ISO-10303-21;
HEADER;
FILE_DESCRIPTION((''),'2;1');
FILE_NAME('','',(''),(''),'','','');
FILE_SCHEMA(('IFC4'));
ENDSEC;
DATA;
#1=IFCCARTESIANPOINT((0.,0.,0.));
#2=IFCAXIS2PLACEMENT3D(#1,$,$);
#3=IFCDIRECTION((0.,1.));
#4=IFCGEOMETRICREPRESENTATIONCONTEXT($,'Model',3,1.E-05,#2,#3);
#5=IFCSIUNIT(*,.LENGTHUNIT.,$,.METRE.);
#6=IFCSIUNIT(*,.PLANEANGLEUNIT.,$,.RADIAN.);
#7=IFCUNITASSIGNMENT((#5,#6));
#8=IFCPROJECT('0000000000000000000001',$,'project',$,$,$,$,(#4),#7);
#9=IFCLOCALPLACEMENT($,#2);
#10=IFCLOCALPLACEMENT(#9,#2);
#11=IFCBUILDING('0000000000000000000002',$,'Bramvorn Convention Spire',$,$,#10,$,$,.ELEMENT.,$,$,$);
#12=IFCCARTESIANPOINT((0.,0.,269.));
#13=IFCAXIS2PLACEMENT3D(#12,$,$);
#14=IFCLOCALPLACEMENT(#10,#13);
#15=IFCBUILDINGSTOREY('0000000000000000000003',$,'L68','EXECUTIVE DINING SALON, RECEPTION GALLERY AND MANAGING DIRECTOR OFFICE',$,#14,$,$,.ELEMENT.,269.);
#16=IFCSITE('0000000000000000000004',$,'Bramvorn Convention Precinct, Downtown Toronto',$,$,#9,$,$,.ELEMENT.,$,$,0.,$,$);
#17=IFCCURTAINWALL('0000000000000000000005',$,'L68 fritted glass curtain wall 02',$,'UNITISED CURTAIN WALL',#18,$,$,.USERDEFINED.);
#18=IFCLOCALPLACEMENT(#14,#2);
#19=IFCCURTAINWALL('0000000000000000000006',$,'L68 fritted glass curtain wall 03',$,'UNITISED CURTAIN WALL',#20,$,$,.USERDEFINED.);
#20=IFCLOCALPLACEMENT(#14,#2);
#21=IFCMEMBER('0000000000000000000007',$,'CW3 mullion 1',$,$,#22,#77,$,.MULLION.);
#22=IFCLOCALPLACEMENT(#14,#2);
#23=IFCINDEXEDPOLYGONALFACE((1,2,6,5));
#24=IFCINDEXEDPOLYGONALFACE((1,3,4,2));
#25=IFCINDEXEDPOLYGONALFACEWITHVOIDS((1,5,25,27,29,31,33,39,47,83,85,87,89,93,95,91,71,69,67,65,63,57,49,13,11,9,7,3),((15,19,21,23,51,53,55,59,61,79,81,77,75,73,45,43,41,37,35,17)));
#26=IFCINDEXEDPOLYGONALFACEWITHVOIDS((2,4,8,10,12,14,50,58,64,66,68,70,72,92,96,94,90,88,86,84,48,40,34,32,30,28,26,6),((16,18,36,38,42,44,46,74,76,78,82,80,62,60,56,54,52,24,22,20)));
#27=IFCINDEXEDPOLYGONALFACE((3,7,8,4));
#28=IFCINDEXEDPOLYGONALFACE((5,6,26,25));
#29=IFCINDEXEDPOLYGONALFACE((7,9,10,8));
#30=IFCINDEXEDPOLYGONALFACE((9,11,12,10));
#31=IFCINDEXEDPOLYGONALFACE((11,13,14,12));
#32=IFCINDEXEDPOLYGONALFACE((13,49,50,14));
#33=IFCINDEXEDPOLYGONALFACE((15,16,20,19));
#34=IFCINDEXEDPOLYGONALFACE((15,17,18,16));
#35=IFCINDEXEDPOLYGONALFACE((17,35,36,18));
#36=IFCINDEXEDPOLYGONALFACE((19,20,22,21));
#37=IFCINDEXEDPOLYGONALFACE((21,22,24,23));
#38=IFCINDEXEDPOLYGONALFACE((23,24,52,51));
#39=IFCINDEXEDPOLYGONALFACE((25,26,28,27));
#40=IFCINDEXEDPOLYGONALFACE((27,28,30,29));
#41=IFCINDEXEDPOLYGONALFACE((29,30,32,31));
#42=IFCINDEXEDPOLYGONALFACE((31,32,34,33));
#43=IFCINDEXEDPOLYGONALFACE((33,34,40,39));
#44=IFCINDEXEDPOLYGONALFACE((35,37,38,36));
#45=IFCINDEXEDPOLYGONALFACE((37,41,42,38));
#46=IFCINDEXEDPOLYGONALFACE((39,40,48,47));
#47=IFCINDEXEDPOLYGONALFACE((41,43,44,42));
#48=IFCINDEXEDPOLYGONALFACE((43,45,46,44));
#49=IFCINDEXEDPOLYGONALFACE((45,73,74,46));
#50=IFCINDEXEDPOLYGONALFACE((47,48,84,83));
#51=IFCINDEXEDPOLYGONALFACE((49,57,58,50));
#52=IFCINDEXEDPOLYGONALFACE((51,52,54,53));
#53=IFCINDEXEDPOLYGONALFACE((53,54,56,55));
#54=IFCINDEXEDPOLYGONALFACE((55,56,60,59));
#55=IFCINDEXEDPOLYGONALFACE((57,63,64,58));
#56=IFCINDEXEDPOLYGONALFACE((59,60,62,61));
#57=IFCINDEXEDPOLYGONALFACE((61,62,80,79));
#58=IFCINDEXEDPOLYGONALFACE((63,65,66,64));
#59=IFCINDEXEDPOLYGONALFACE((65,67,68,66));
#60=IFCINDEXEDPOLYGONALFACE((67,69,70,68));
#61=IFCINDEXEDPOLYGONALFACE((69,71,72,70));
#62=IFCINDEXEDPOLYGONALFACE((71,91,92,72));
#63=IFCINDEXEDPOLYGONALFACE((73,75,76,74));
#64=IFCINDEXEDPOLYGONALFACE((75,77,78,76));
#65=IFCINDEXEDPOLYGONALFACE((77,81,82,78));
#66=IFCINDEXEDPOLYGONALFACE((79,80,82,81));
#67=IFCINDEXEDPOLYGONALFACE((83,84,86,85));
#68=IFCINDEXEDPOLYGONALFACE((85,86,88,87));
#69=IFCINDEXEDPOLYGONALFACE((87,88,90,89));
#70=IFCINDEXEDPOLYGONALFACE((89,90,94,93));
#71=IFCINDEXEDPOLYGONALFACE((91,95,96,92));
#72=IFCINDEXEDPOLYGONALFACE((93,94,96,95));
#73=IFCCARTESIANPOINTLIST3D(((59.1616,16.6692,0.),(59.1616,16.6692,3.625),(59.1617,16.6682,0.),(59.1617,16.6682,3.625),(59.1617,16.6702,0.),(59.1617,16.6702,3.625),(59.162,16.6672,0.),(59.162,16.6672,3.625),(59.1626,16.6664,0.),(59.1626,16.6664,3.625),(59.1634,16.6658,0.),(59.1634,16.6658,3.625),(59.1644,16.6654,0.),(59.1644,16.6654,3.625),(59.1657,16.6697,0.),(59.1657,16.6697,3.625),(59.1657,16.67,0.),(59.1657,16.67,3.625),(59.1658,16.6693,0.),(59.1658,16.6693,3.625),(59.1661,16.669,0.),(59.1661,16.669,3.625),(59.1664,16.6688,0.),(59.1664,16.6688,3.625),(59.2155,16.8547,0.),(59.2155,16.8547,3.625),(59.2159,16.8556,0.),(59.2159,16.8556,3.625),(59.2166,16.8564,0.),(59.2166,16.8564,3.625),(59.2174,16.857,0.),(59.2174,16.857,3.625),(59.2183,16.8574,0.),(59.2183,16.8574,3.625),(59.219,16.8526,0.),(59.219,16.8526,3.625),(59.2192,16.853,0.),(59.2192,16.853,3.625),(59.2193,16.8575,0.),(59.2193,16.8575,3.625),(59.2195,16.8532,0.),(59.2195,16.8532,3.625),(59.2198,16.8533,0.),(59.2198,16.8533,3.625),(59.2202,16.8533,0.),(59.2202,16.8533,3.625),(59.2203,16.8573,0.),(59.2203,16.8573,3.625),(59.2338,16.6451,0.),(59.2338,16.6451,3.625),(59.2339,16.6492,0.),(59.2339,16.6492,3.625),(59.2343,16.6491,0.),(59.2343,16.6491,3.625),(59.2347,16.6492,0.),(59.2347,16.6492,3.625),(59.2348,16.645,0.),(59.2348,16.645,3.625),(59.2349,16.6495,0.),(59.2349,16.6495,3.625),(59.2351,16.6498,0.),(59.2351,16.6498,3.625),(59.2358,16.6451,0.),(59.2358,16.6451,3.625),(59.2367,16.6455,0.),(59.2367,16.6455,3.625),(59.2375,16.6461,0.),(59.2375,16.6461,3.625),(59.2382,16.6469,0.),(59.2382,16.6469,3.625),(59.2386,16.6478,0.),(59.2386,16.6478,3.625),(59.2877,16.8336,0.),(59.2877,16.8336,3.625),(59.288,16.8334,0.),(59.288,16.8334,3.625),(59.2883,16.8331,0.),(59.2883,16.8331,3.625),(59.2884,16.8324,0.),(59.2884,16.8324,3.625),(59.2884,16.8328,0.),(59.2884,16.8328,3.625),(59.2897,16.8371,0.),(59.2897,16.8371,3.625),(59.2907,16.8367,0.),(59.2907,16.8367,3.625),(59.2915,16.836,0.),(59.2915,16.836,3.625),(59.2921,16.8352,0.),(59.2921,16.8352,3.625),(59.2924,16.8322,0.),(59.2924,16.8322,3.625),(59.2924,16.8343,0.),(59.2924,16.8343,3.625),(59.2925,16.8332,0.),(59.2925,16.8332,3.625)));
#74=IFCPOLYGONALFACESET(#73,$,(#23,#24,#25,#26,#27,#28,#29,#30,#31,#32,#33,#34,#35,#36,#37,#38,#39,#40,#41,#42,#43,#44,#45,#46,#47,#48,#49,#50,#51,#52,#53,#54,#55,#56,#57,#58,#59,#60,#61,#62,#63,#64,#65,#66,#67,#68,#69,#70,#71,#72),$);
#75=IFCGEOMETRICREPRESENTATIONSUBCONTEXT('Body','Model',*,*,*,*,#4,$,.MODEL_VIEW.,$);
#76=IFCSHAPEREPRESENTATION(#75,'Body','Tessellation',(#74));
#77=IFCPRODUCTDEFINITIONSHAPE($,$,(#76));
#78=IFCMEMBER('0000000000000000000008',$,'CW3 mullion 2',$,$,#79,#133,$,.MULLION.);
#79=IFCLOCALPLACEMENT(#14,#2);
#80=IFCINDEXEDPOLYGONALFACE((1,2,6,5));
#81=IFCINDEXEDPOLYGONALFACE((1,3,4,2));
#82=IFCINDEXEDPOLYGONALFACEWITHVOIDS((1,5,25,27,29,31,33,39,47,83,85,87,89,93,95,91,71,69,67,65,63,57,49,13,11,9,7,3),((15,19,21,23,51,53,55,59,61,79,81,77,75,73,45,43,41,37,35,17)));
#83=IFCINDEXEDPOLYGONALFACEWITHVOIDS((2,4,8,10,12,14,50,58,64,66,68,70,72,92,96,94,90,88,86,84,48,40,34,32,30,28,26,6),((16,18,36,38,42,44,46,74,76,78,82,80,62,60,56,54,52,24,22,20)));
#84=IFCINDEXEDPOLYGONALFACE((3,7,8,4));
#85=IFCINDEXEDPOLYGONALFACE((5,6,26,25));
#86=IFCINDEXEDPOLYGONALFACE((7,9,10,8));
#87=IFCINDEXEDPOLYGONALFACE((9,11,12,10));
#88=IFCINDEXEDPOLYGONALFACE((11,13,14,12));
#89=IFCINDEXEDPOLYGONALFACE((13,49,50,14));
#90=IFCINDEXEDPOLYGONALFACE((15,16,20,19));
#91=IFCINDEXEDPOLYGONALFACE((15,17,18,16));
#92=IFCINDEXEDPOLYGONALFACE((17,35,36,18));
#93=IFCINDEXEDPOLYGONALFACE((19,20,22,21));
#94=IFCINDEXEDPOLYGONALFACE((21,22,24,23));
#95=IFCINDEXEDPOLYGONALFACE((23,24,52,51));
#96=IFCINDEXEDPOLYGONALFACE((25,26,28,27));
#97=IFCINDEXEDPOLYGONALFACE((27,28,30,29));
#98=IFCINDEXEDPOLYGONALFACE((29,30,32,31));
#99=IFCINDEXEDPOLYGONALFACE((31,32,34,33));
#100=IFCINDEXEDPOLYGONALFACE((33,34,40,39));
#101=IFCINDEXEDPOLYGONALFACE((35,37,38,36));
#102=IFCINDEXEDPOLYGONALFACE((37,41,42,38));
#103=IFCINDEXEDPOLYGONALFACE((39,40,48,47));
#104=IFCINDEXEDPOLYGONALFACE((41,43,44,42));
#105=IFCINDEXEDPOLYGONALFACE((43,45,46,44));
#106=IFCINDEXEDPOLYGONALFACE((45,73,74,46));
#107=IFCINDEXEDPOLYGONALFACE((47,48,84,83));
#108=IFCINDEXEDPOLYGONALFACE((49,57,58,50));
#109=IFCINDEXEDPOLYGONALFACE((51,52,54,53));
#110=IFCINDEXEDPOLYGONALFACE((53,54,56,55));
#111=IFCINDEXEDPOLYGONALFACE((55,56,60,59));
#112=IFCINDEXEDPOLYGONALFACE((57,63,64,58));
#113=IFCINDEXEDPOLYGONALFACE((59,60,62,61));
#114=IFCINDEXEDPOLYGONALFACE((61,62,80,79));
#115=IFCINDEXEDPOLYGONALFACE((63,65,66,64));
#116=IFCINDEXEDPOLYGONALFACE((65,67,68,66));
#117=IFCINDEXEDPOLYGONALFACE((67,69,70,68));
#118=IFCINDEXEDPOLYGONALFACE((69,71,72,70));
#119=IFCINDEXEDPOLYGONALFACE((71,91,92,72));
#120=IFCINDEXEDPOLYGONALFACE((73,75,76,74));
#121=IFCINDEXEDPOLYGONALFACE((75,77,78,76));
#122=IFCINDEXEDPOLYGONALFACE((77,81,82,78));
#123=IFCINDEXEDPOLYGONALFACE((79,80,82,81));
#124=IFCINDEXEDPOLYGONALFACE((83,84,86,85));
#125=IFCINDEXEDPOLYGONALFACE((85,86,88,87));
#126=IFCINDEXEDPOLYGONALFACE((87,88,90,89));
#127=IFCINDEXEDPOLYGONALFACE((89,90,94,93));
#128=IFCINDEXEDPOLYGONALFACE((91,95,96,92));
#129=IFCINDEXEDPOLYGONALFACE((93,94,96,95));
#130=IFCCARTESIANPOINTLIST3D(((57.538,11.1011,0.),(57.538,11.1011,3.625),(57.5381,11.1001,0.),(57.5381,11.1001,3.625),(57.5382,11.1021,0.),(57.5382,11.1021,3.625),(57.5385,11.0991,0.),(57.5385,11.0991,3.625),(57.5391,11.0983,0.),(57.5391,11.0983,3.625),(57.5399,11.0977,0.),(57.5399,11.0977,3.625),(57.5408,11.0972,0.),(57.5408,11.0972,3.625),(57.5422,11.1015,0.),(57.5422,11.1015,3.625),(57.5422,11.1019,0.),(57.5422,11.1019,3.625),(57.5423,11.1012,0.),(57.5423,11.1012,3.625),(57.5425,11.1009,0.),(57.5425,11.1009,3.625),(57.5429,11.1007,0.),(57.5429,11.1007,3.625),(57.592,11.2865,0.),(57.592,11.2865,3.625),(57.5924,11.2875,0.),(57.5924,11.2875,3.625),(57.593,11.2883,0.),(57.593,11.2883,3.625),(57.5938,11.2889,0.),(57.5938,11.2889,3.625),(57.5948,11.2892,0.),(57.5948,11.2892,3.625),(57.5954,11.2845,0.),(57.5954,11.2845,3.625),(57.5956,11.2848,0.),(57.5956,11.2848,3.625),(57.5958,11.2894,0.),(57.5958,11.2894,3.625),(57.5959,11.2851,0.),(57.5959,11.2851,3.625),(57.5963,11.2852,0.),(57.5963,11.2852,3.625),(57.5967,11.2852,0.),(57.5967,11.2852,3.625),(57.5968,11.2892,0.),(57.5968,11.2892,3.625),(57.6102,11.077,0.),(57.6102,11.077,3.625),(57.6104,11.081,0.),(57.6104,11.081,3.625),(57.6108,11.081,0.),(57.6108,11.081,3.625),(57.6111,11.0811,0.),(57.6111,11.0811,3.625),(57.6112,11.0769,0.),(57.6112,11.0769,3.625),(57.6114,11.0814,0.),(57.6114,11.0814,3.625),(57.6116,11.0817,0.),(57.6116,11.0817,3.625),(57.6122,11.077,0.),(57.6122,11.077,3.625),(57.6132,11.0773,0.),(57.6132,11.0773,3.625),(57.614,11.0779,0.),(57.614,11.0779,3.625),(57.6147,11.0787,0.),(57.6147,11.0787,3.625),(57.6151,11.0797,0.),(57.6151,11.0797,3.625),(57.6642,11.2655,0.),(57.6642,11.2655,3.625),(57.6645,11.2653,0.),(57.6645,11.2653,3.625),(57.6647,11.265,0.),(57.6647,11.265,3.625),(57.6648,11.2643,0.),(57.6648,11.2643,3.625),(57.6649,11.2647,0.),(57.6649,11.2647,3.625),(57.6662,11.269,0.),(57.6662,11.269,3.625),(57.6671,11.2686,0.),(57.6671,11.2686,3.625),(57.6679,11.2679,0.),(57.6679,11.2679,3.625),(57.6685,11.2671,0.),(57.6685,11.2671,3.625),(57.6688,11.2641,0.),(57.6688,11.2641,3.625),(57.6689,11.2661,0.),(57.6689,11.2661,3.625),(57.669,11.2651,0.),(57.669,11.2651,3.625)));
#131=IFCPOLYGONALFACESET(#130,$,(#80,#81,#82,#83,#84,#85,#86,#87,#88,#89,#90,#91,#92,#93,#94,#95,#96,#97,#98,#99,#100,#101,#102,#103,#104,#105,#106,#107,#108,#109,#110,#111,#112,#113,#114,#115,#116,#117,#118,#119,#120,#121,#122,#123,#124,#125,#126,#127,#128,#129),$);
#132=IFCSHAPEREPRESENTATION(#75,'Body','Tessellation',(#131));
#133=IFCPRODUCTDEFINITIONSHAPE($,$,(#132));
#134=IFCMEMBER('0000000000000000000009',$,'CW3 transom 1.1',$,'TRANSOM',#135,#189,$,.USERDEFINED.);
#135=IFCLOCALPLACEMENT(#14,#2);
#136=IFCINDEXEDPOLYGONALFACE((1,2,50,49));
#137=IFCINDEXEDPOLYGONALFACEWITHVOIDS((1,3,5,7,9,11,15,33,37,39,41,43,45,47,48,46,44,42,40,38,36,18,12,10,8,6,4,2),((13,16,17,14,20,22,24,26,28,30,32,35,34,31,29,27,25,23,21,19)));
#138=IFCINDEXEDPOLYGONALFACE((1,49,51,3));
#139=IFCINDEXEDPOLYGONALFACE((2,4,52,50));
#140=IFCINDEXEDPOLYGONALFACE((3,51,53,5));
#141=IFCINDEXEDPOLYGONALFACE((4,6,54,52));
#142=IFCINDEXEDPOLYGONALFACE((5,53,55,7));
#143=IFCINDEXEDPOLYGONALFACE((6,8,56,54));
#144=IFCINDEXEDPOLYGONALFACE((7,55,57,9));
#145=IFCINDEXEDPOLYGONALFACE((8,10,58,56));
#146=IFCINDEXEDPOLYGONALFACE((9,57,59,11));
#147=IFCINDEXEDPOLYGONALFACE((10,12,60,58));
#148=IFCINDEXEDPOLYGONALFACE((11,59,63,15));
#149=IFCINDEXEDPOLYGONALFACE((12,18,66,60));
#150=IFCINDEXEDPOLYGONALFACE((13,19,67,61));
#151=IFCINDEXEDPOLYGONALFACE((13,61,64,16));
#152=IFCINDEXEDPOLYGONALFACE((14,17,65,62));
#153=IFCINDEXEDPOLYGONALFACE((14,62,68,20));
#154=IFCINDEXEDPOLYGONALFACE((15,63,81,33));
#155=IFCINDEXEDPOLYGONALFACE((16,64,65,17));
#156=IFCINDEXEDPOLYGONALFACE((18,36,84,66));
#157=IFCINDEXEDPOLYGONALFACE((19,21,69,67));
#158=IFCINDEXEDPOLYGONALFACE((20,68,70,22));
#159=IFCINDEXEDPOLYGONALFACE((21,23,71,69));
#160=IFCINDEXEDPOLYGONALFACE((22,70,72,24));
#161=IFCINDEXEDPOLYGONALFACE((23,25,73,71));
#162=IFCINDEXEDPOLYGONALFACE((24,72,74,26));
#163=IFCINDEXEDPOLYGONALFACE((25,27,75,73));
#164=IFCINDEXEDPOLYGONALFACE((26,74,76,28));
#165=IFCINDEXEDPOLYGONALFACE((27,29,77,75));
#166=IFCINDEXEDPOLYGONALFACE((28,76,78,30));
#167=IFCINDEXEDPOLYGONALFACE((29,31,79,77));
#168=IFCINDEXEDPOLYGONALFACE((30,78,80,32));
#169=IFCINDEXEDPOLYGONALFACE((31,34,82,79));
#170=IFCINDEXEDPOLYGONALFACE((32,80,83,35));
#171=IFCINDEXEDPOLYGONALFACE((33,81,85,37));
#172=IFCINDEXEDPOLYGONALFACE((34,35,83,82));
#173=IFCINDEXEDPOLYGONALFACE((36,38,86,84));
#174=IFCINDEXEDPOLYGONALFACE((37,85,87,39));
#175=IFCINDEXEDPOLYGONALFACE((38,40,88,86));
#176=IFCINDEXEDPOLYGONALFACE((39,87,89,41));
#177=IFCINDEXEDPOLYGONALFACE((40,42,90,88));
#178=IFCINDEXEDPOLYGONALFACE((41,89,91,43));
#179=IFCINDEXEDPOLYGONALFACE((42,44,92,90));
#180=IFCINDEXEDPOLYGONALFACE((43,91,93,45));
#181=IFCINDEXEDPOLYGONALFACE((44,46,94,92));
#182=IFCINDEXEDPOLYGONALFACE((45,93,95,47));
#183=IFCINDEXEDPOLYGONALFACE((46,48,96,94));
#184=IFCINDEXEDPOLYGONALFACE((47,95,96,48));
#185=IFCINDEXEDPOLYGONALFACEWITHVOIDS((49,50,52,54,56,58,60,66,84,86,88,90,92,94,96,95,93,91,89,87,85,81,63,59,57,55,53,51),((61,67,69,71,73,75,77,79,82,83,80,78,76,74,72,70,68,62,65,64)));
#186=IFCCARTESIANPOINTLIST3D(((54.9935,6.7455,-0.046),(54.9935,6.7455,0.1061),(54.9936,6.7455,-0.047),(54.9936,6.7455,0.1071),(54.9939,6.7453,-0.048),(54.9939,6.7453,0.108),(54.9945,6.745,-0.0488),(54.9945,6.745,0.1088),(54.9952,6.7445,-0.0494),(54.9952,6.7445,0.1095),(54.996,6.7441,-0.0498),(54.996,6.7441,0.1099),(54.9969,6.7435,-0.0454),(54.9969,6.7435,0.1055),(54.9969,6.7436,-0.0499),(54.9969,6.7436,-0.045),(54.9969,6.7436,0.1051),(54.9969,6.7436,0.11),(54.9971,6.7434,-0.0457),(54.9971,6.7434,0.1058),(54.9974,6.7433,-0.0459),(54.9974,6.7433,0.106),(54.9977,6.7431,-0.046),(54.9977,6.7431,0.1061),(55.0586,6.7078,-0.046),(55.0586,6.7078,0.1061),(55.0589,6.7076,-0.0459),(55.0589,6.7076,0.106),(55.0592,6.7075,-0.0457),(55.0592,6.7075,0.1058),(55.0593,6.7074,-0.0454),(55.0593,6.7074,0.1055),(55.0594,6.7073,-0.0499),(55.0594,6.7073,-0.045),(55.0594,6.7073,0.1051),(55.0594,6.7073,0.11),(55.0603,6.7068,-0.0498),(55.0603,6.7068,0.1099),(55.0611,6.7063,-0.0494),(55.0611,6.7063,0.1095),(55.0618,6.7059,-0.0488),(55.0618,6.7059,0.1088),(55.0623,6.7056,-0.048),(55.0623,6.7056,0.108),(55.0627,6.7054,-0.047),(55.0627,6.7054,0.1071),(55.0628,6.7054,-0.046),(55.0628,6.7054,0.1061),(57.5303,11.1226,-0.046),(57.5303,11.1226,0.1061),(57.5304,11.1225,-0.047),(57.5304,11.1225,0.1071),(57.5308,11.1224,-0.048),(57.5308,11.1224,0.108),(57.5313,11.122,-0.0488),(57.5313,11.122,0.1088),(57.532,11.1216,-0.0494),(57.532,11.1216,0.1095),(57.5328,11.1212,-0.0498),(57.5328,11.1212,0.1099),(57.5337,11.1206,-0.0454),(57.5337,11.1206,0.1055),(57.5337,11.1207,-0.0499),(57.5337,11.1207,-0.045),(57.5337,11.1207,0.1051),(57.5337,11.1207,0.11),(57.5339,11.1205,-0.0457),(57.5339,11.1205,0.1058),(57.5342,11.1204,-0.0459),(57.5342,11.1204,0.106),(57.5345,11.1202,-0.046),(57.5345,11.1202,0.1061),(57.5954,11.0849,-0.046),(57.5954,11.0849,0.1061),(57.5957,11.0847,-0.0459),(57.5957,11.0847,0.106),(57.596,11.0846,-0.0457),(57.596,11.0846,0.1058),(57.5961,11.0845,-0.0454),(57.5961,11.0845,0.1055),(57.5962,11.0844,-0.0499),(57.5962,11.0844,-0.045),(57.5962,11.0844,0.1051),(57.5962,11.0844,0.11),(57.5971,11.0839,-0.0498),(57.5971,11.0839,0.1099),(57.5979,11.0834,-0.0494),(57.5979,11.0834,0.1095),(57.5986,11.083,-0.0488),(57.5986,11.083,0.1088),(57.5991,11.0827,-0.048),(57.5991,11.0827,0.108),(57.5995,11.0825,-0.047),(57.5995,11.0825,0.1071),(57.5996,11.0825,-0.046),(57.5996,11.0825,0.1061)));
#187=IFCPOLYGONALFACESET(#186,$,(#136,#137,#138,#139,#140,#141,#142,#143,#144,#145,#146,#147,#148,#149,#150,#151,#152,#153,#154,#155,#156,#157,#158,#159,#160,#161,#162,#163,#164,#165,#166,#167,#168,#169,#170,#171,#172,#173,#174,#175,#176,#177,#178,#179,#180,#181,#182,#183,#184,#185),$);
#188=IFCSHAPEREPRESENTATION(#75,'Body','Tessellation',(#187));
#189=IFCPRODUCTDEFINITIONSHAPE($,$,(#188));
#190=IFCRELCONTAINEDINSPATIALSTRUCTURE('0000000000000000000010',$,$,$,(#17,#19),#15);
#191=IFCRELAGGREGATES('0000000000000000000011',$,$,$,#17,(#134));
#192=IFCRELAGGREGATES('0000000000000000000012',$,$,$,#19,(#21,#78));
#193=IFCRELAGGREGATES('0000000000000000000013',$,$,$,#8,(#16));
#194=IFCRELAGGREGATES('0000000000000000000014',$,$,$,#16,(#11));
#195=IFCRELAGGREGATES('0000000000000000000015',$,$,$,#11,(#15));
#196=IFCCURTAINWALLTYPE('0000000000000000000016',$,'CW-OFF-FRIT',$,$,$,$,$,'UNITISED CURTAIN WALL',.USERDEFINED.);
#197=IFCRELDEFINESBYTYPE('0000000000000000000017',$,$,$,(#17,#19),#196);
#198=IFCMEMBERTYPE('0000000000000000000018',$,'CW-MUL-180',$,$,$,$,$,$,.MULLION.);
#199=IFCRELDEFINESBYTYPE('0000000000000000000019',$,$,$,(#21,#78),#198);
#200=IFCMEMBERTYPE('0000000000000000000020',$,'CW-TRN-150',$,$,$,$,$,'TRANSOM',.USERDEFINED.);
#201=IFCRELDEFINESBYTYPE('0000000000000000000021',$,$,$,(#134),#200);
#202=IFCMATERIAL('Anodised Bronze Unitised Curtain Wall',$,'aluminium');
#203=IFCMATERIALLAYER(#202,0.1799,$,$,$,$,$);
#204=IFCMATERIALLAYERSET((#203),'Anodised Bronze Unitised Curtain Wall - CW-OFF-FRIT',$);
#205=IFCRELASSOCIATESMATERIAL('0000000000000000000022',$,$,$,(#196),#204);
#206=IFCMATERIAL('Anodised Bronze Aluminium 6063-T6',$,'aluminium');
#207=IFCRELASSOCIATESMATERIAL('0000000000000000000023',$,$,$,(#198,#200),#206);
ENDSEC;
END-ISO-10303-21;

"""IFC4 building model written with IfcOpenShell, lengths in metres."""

from ifc_helpers import new_model, si_unit, direction, frame, origin, origin_2d, place, context, subcontext, project, spatial, hollow_rectangle, extrude, material, layer, layer_set, material_profile, profile_set, type_object, element, aggregate, save


model = new_model("IFC4")

# Units and contexts
model_context = context("Model", 3, precision=1e-05, world=origin(), true_north=direction((0.0, 1.0)))
body_context = subcontext(model_context, "Body", "Model", "MODEL_VIEW")
ifc_project = project(units=[si_unit("LENGTHUNIT", "METRE"), si_unit("PLANEANGLEUNIT", "RADIAN")], contexts=[model_context])

# Site, building, storey
site_placement = place(None, origin())
site = spatial("IfcSite", under=ifc_project, at=site_placement, Name="Bramvorn Convention Precinct, Downtown Toronto", CompositionType="ELEMENT", RefElevation=0.0)
building_placement = place(site_placement, origin())
building = spatial("IfcBuilding", under=site, at=building_placement, Name="Bramvorn Convention Spire", CompositionType="ELEMENT")
storey_placement = place(building_placement, frame((0.0, 0.0, 269.0)))
storey = spatial("IfcBuildingStorey", under=building, at=storey_placement, Name="L68", Description="EXECUTIVE DINING SALON, RECEPTION GALLERY AND MANAGING DIRECTOR OFFICE", CompositionType="ELEMENT", Elevation=269.0)

# Curtain walls, members
ifc_material_1 = material(Name="Anodised Bronze Unitised Curtain Wall", Category="aluminium")
ifc_layer_1 = layer(ifc_material_1, 0.1799)
ifc_layer_set_1 = layer_set([ifc_layer_1], Name="Anodised Bronze Unitised Curtain Wall - CW-OFF-FRIT")
curtain_wall_type = type_object("IfcCurtainWallType", Name="CW-OFF-FRIT", ElementType="UNITISED CURTAIN WALL", PredefinedType="USERDEFINED", material=ifc_layer_set_1)
curtain_wall_1_placement = place(storey_placement, origin())
curtain_wall_1 = element("IfcCurtainWall", 1, at=curtain_wall_1_placement, inside=storey, type_object=curtain_wall_type, Name="L68 fritted glass curtain wall 02", ObjectType="UNITISED CURTAIN WALL", PredefinedType="USERDEFINED")
ifc_material_2 = material(Name="Anodised Bronze Aluminium 6063-T6", Category="aluminium")
ifc_material_profile_1 = material_profile(ifc_material_2, hollow_rectangle(XDim=0.0801, YDim=0.2, WallThickness=0.0039, InnerFilletRadius=0.001, OuterFilletRadius=0.0039, at=origin_2d()))
ifc_profile_set_1 = profile_set([ifc_material_profile_1], Name="Anodised Bronze Aluminium 6063-T6 - CWM80X200")
member_type_1 = type_object("IfcMemberType", Name="CW-MUL-180", PredefinedType="MULLION", material=ifc_profile_set_1)
curtain_wall_2_placement = place(storey_placement, origin())
curtain_wall_2 = element("IfcCurtainWall", 2, at=curtain_wall_2_placement, inside=storey, type_object=curtain_wall_type, Name="L68 fritted glass curtain wall 03", ObjectType="UNITISED CURTAIN WALL", PredefinedType="USERDEFINED")
member_1_placement = place(storey_placement, frame((59.2271, 16.7512, 0.0), z_axis=(0.0, 0.0, 1.0), x_axis=(0.96002, -0.279933, 0.0)))
member_1 = element("IfcMember", 3, at=member_1_placement, type_object=member_type_1, Name="CW3 mullion 1", PredefinedType="MULLION", context=body_context, shape_type="SweptSolid", body=[
    extrude(hollow_rectangle(XDim=0.0801, YDim=0.2, WallThickness=0.0039, InnerFilletRadius=0.001, OuterFilletRadius=0.0039, at=origin_2d()), origin(), (0.0, 0.0, 1.0), 3.625),
])
member_2_placement = place(storey_placement, frame((57.6035, 11.1831, 0.0), z_axis=(0.0, 0.0, 1.0), x_axis=(0.96002, -0.279933, 0.0)))
member_2 = element("IfcMember", 4, at=member_2_placement, type_object=member_type_1, Name="CW3 mullion 2", PredefinedType="MULLION", context=body_context, shape_type="SweptSolid", body=[
    extrude(hollow_rectangle(XDim=0.0801, YDim=0.2, WallThickness=0.0039, InnerFilletRadius=0.001, OuterFilletRadius=0.0039, at=origin_2d()), origin(), (0.0, 0.0, 1.0), 3.625),
])

# Member
ifc_material_profile_2 = material_profile(ifc_material_2, hollow_rectangle(XDim=0.0801, YDim=0.1599, WallThickness=0.0039, InnerFilletRadius=0.001, OuterFilletRadius=0.0039, at=origin_2d()))
ifc_profile_set_2 = profile_set([ifc_material_profile_2], Name="Anodised Bronze Aluminium 6063-T6 - CWT80X160")
member_type_2 = type_object("IfcMemberType", Name="CW-TRN-150", ElementType="TRANSOM", PredefinedType="USERDEFINED", material=ifc_profile_set_2)
member_3_placement = place(storey_placement, frame((57.5649, 11.1025, 0.03), z_axis=(-0.501436, -0.865195, 0.0), x_axis=(0.865195, -0.501436, 0.0)))
member_3 = element("IfcMember", 5, at=member_3_placement, type_object=member_type_2, Name="CW3 transom 1.1", ObjectType="TRANSOM", PredefinedType="USERDEFINED", context=body_context, shape_type="SweptSolid", body=[
    extrude(hollow_rectangle(XDim=0.0801, YDim=0.1599, WallThickness=0.0039, InnerFilletRadius=0.001, OuterFilletRadius=0.0039, at=origin_2d()), origin(), (0.0, 0.0, 1.0), 5.0591),
])

aggregate(curtain_wall_1, [member_3])
aggregate(curtain_wall_2, [member_1, member_2])

save(model, "model.ifc")
